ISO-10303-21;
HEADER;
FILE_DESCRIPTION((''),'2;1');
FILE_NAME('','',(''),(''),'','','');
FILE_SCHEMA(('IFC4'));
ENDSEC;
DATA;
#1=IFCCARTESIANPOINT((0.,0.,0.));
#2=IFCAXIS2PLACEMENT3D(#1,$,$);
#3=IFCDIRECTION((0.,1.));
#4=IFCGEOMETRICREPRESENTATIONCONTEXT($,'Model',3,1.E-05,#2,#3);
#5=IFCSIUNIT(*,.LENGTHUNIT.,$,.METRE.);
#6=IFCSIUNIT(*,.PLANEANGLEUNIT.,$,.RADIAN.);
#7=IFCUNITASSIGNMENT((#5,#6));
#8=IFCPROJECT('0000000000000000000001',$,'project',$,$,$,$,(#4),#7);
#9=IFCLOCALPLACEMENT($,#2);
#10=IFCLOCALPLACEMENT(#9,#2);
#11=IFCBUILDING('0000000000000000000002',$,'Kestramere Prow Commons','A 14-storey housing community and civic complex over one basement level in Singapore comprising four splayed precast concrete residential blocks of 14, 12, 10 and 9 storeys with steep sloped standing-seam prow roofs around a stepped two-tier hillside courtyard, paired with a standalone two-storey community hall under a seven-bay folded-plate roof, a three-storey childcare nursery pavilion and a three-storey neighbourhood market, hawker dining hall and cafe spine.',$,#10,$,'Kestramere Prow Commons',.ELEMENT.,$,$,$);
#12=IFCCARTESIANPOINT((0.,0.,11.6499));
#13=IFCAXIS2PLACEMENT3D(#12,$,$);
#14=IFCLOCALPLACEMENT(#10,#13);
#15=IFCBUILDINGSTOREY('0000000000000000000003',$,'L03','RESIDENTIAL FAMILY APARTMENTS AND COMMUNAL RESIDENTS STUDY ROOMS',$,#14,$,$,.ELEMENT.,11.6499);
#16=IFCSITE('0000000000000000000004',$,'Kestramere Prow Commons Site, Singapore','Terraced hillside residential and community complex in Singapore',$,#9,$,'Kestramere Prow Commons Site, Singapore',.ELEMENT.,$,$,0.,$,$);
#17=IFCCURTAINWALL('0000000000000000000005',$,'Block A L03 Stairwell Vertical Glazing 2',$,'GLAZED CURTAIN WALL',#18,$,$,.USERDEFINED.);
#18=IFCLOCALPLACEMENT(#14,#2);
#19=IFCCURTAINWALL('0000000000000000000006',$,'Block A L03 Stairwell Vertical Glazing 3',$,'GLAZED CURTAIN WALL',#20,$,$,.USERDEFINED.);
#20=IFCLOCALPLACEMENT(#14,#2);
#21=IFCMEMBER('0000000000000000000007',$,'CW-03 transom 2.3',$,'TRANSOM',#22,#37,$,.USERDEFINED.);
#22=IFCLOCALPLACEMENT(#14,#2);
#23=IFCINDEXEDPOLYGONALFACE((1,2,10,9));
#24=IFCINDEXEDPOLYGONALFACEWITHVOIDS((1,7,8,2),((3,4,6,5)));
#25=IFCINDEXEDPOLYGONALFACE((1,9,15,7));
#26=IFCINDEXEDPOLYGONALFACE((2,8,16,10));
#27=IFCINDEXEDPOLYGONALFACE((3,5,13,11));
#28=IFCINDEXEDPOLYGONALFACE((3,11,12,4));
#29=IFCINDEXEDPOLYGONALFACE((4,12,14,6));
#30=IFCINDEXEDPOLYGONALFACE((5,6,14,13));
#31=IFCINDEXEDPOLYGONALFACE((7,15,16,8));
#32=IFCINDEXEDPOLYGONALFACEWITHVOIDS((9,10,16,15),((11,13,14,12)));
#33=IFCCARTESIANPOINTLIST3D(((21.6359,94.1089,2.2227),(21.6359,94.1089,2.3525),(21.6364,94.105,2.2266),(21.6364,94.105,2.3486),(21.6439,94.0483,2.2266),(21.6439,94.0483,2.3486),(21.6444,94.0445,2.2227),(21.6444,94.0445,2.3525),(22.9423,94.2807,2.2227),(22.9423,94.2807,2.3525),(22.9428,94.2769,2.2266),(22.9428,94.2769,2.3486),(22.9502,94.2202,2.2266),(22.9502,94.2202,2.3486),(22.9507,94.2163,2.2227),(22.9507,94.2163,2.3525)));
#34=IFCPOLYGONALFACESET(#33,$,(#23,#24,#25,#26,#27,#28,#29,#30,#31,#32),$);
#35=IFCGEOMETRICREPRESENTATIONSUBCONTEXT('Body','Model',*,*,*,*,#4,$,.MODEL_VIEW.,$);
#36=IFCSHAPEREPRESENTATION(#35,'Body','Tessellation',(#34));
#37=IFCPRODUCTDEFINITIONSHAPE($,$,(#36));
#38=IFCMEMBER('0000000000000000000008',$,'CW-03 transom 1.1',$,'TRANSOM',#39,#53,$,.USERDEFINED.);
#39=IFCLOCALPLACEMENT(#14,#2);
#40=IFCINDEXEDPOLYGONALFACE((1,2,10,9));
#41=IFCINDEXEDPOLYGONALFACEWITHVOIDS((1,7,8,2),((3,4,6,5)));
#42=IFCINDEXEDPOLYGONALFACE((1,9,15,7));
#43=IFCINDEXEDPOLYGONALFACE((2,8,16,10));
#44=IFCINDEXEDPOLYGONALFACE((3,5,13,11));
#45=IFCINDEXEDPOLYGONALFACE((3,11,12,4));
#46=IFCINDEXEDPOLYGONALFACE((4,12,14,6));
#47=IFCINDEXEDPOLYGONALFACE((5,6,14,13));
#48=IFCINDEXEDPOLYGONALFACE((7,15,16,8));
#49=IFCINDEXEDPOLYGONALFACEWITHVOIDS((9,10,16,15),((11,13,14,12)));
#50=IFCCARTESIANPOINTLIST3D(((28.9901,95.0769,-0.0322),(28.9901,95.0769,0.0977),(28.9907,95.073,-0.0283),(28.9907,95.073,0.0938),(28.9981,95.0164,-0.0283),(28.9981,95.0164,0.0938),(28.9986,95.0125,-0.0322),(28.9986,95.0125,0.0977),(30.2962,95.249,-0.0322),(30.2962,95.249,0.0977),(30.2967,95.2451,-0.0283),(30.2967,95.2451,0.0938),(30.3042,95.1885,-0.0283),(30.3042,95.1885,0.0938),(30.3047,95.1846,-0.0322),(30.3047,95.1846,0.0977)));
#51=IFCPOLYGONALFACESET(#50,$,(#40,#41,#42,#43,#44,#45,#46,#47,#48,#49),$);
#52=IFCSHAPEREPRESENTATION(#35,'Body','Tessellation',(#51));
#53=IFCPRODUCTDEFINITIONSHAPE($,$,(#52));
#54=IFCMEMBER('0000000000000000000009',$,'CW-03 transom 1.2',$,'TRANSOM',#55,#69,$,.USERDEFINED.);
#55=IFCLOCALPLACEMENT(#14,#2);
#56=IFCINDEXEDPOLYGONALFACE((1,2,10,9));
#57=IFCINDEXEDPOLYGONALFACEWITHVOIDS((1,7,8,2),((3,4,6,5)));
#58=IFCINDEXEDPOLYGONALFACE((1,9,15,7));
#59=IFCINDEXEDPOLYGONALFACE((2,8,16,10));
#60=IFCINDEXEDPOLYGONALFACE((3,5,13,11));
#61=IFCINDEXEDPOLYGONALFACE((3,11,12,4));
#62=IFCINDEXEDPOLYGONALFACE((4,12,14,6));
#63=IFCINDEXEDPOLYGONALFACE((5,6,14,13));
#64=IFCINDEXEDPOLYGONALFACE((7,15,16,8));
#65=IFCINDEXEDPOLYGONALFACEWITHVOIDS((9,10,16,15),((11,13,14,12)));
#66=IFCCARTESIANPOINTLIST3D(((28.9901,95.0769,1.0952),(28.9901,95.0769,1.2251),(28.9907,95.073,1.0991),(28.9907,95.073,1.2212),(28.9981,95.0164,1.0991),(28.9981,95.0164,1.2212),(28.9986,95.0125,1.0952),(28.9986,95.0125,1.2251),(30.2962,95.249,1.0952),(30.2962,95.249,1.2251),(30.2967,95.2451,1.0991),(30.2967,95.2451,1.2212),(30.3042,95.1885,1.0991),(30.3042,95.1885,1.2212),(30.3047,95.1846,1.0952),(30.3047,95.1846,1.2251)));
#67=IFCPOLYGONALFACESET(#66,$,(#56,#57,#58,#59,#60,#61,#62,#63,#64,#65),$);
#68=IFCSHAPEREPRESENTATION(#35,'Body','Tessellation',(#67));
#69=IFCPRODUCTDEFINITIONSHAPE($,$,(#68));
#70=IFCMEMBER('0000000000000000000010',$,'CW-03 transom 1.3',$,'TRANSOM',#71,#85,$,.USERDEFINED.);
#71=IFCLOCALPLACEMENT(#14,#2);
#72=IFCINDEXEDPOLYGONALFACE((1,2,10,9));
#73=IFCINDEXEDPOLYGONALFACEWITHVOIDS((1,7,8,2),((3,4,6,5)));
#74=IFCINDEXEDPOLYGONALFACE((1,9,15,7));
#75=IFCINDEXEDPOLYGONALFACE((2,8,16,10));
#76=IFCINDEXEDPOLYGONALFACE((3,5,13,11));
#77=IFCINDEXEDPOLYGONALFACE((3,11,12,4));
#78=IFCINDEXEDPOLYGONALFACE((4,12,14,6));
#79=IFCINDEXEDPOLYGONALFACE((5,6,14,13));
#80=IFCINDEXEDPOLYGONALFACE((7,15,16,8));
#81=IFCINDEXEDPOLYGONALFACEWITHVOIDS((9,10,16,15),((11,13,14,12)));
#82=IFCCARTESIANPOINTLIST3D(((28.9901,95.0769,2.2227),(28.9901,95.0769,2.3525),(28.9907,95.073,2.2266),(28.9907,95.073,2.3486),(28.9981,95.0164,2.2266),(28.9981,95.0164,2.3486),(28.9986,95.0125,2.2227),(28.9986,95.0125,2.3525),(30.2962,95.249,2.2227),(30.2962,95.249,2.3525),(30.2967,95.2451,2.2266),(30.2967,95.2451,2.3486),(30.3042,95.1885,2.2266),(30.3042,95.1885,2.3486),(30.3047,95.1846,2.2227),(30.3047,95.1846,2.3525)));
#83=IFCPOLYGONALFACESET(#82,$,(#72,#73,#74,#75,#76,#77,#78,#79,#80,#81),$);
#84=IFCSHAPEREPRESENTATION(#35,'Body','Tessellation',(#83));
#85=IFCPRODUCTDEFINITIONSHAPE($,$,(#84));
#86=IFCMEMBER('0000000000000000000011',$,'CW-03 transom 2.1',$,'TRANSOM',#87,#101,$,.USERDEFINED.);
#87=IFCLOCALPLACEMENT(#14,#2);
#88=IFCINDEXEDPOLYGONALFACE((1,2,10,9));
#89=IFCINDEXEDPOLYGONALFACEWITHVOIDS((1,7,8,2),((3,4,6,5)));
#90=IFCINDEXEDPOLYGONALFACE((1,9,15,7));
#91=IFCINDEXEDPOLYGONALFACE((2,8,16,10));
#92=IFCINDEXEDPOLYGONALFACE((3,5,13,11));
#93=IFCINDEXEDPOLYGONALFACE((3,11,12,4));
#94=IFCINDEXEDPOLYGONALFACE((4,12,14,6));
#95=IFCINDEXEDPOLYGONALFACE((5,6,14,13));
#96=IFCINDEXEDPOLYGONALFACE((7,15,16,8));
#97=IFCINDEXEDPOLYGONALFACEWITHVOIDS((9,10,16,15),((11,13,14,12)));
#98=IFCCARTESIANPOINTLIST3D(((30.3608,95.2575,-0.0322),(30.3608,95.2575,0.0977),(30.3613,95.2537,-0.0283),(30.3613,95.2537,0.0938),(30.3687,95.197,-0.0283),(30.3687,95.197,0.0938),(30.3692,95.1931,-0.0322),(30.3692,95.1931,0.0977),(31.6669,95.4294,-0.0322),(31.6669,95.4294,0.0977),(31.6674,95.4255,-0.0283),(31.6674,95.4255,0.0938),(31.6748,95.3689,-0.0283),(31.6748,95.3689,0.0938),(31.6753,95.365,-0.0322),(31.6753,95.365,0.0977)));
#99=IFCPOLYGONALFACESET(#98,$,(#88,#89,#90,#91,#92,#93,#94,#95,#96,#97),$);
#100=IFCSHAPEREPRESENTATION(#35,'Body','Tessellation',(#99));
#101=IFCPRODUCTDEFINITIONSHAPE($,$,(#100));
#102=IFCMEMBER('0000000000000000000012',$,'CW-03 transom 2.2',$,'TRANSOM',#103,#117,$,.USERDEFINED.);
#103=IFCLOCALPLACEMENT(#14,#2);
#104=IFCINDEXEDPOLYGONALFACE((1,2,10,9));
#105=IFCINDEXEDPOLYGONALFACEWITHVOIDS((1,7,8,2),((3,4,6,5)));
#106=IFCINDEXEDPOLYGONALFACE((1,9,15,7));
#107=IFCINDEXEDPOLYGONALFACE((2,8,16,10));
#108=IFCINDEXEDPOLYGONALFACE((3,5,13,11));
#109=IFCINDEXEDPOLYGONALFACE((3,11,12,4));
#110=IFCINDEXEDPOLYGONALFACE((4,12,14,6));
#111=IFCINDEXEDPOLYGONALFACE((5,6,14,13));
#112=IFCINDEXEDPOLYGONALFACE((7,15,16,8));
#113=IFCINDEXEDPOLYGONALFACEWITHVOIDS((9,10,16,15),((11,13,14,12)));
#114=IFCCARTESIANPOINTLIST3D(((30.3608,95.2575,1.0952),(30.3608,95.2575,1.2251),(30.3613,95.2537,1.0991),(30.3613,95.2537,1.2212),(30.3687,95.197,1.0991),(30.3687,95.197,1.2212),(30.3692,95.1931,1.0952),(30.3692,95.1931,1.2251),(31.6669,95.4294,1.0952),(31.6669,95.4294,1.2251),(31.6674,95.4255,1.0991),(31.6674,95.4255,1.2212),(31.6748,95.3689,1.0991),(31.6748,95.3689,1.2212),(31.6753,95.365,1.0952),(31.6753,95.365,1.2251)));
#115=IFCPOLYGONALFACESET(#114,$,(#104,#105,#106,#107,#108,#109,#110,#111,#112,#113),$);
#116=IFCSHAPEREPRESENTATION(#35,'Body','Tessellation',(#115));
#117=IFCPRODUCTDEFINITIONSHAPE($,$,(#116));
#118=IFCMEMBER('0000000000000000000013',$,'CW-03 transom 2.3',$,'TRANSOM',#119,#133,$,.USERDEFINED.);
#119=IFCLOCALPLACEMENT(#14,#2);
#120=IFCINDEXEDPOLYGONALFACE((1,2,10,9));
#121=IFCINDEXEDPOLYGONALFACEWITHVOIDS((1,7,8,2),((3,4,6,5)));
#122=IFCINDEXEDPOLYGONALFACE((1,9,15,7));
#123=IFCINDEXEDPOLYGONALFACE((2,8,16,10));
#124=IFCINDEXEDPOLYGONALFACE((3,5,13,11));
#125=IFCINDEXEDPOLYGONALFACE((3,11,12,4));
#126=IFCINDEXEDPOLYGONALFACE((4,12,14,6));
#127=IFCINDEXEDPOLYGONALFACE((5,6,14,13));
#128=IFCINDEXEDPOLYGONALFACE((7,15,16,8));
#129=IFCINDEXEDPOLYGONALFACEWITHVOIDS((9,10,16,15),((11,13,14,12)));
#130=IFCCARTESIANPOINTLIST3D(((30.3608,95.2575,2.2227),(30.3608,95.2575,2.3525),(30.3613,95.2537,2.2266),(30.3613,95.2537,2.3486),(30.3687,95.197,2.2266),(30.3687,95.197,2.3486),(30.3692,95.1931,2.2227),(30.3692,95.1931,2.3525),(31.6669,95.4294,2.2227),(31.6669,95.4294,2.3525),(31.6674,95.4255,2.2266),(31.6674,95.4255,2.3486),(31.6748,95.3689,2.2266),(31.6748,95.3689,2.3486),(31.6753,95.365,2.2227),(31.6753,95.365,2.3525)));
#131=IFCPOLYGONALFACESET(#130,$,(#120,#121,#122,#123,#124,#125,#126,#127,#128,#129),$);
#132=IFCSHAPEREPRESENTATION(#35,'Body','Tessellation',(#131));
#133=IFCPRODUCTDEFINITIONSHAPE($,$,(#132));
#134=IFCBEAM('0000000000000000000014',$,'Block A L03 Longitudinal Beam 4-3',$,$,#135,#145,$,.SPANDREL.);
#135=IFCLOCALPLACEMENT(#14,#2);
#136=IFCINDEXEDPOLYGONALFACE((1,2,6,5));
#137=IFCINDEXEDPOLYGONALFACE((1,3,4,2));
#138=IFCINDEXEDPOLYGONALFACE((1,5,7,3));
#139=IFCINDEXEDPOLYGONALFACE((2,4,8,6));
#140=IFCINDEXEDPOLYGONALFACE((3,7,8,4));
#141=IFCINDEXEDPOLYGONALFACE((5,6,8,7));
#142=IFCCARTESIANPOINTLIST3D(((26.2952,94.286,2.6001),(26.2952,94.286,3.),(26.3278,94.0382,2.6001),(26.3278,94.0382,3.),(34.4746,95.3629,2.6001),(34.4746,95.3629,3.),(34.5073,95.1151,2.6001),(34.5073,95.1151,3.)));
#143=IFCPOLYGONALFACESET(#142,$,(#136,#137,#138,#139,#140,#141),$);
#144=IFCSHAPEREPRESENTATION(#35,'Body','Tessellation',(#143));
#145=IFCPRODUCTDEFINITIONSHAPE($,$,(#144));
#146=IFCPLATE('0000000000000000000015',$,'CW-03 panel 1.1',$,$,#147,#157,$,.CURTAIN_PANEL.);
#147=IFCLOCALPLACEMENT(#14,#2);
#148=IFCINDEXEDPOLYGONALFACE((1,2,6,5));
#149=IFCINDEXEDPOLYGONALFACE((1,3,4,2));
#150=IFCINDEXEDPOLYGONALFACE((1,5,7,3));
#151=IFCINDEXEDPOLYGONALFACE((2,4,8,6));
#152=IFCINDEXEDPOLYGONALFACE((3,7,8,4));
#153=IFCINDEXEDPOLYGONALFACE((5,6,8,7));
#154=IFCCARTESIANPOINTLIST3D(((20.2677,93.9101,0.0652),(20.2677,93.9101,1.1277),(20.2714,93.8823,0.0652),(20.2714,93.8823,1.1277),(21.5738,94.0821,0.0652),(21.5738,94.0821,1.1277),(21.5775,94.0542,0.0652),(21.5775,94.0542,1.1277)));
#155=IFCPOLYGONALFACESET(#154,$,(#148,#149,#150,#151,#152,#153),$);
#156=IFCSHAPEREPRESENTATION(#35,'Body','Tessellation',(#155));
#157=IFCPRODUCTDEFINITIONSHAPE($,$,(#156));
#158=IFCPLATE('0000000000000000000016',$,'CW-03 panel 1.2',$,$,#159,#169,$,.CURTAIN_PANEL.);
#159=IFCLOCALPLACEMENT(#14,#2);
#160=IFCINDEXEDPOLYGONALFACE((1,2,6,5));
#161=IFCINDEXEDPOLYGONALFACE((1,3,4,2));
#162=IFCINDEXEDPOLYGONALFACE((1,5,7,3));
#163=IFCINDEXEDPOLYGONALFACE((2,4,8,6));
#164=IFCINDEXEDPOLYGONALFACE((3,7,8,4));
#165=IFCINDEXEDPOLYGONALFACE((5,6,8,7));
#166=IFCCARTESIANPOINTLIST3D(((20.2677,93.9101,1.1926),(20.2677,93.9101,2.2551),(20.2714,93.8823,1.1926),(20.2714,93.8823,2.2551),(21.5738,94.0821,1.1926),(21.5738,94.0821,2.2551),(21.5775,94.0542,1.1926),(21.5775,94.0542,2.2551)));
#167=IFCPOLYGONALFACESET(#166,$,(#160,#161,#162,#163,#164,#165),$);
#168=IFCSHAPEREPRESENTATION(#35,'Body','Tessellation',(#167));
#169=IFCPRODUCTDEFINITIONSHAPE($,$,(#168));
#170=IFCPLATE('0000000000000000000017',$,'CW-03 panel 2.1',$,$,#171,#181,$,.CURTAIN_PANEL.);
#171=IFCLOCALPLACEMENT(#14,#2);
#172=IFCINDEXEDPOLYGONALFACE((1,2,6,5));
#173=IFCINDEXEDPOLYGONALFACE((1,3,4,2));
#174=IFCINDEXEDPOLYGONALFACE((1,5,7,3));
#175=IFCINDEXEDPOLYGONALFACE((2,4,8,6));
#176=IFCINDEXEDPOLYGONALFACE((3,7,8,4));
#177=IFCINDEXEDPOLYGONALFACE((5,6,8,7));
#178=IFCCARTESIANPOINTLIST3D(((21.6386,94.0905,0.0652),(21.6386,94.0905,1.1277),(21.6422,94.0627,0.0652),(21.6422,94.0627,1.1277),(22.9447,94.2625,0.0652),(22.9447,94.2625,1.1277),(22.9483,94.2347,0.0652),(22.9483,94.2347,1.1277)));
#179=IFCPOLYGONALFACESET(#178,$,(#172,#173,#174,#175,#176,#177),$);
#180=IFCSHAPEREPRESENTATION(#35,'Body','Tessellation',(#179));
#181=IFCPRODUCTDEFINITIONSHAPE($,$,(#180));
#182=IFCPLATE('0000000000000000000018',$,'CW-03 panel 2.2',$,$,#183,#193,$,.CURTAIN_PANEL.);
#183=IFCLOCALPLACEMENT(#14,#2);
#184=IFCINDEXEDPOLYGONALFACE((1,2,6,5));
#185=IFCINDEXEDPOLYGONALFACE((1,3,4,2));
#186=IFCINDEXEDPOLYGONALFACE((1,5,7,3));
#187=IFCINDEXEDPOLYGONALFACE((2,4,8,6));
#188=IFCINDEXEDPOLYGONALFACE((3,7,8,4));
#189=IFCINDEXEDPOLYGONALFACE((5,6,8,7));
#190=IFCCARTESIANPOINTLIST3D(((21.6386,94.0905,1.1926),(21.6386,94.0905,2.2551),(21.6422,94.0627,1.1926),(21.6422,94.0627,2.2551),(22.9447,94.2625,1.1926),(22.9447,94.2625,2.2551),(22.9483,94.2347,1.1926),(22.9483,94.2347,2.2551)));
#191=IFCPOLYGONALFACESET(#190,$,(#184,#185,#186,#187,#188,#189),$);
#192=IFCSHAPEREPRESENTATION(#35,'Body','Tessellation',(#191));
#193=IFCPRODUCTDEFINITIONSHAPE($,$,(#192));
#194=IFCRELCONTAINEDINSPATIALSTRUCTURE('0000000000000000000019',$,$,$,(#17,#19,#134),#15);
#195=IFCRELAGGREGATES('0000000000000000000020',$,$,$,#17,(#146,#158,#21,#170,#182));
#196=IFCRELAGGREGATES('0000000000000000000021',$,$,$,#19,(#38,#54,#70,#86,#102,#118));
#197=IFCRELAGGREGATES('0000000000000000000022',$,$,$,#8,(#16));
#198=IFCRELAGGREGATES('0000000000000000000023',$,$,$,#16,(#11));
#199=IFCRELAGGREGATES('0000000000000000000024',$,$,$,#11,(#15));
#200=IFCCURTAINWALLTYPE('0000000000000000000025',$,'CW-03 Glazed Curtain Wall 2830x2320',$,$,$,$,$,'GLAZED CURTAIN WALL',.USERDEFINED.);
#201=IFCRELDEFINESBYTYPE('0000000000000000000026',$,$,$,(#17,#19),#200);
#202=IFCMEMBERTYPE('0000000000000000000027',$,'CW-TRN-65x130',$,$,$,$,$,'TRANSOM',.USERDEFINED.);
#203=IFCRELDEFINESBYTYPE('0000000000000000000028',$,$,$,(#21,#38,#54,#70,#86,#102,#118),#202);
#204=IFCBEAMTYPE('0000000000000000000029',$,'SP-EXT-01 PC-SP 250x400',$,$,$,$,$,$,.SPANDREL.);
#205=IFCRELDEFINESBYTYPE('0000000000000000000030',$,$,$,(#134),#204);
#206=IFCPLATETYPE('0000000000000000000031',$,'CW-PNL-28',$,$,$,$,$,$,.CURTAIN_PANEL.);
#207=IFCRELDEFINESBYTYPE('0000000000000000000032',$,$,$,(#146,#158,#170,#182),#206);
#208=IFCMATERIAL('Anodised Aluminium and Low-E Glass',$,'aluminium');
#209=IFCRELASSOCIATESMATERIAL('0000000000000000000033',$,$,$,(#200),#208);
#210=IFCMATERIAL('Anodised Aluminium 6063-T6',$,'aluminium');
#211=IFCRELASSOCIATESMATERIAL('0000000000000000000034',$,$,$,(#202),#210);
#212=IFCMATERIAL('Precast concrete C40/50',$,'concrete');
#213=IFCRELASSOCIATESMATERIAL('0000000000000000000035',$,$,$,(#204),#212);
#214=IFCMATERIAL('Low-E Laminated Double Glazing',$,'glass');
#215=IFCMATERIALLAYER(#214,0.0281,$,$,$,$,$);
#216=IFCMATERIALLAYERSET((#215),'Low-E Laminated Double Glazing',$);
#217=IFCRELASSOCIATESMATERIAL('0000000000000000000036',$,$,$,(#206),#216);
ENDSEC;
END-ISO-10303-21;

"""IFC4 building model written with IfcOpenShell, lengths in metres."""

from ifc_helpers import new_model, si_unit, direction, frame, origin, origin_2d, place, context, subcontext, project, spatial, rectangle, hollow_rectangle, extrude, material, layer, layer_set, material_profile, profile_set, type_object, element, aggregate, save


model = new_model("IFC4")

# Units and contexts
model_context = context("Model", 3, precision=1e-05, world=origin(), true_north=direction((0.0, 1.0)))
body_context = subcontext(model_context, "Body", "Model", "MODEL_VIEW")
ifc_project = project(units=[si_unit("LENGTHUNIT", "METRE"), si_unit("PLANEANGLEUNIT", "RADIAN")], contexts=[model_context])

# Site, building, storey
site_placement = place(None, origin())
site = spatial("IfcSite", under=ifc_project, at=site_placement, Name="Kestramere Prow Commons Site, Singapore", Description="Terraced hillside residential and community complex in Singapore", LongName="Kestramere Prow Commons Site, Singapore", CompositionType="ELEMENT", RefElevation=0.0)
building_placement = place(site_placement, origin())
building = spatial("IfcBuilding", under=site, at=building_placement, Name="Kestramere Prow Commons", Description="A 14-storey housing community and civic complex over one basement level in Singapore comprising four splayed precast concrete residential blocks of 14, 12, 10 and 9 storeys with steep sloped standing-seam prow roofs around a stepped two-tier hillside courtyard, paired with a standalone two-storey community hall under a seven-bay folded-plate roof, a three-storey childcare nursery pavilion and a three-storey neighbourhood market, hawker dining hall and cafe spine.", LongName="Kestramere Prow Commons", CompositionType="ELEMENT")
storey_placement = place(building_placement, frame((0.0, 0.0, 11.6499)))
storey = spatial("IfcBuildingStorey", under=building, at=storey_placement, Name="L03", Description="RESIDENTIAL FAMILY APARTMENTS AND COMMUNAL RESIDENTS STUDY ROOMS", CompositionType="ELEMENT", Elevation=11.6499)

# Shared definitions
ifc_material_1 = material(Name="Precast concrete C40/50", Category="concrete")

# Curtain walls
ifc_material_2 = material(Name="Anodised Aluminium and Low-E Glass", Category="aluminium")
curtain_wall_type = type_object("IfcCurtainWallType", Name="CW-03 Glazed Curtain Wall 2830x2320", ElementType="GLAZED CURTAIN WALL", PredefinedType="USERDEFINED", material=ifc_material_2)
curtain_wall_1_placement = place(storey_placement, origin())
curtain_wall_1 = element("IfcCurtainWall", 1, at=curtain_wall_1_placement, inside=storey, type_object=curtain_wall_type, Name="Block A L03 Stairwell Vertical Glazing 2", ObjectType="GLAZED CURTAIN WALL", PredefinedType="USERDEFINED")
ifc_material_3 = material(Name="Anodised Aluminium 6063-T6", Category="aluminium")
curtain_wall_2_placement = place(storey_placement, origin())
curtain_wall_2 = element("IfcCurtainWall", 2, at=curtain_wall_2_placement, inside=storey, type_object=curtain_wall_type, Name="Block A L03 Stairwell Vertical Glazing 3", ObjectType="GLAZED CURTAIN WALL", PredefinedType="USERDEFINED")

# Members
ifc_material_profile_1 = material_profile(ifc_material_3, hollow_rectangle(XDim=0.0649, YDim=0.1299, WallThickness=0.0039, at=origin_2d()), Name="ALU-TRN 65x130")
ifc_profile_set_1 = profile_set([ifc_material_profile_1], Name="Anodised Aluminium 6063-T6")
member_type_1 = type_object("IfcMemberType", Name="CW-TRN-65x130", ElementType="TRANSOM", PredefinedType="USERDEFINED", material=ifc_profile_set_1)
member_1_placement = place(storey_placement, frame((21.6401, 94.0767, 2.2876), z_axis=(0.991456, 0.13044, 0.0), x_axis=(-0.13044, 0.991456, 0.0)))
member_1 = element("IfcMember", 3, at=member_1_placement, type_object=member_type_1, Name="CW-03 transom 2.3", ObjectType="TRANSOM", PredefinedType="USERDEFINED", context=body_context, shape_type="SweptSolid", body=[
    extrude(hollow_rectangle(XDim=0.0649, YDim=0.1299, WallThickness=0.0039, at=origin_2d()), origin(), (0.0, 0.0, 1.0), 1.3176),
])
member_2_placement = place(storey_placement, frame((28.9944, 95.0447, 0.0327), z_axis=(0.991429, 0.130646, 0.0), x_axis=(-0.130646, 0.991429, 0.0)))
member_2 = element("IfcMember", 4, at=member_2_placement, type_object=member_type_1, Name="CW-03 transom 1.1", ObjectType="TRANSOM", PredefinedType="USERDEFINED", context=body_context, shape_type="SweptSolid", body=[
    extrude(hollow_rectangle(XDim=0.0649, YDim=0.1299, WallThickness=0.0039, at=origin_2d()), origin(), (0.0, 0.0, 1.0), 1.3174),
])
member_3_placement = place(storey_placement, frame((28.9944, 95.0447, 1.1602), z_axis=(0.991429, 0.130646, 0.0), x_axis=(-0.130646, 0.991429, 0.0)))
member_3 = element("IfcMember", 5, at=member_3_placement, type_object=member_type_1, Name="CW-03 transom 1.2", ObjectType="TRANSOM", PredefinedType="USERDEFINED", context=body_context, shape_type="SweptSolid", body=[
    extrude(hollow_rectangle(XDim=0.0649, YDim=0.1299, WallThickness=0.0039, at=origin_2d()), origin(), (0.0, 0.0, 1.0), 1.3174),
])
member_4_placement = place(storey_placement, frame((28.9944, 95.0447, 2.2876), z_axis=(0.991429, 0.130646, 0.0), x_axis=(-0.130646, 0.991429, 0.0)))
member_4 = element("IfcMember", 6, at=member_4_placement, type_object=member_type_1, Name="CW-03 transom 1.3", ObjectType="TRANSOM", PredefinedType="USERDEFINED", context=body_context, shape_type="SweptSolid", body=[
    extrude(hollow_rectangle(XDim=0.0649, YDim=0.1299, WallThickness=0.0039, at=origin_2d()), origin(), (0.0, 0.0, 1.0), 1.3174),
])
member_5_placement = place(storey_placement, frame((30.365, 95.2253, 0.0327), z_axis=(0.991453, 0.130464, 0.0), x_axis=(-0.130464, 0.991453, 0.0)))
member_5 = element("IfcMember", 7, at=member_5_placement, type_object=member_type_1, Name="CW-03 transom 2.1", ObjectType="TRANSOM", PredefinedType="USERDEFINED", context=body_context, shape_type="SweptSolid", body=[
    extrude(hollow_rectangle(XDim=0.0649, YDim=0.1299, WallThickness=0.0039, at=origin_2d()), origin(), (0.0, 0.0, 1.0), 1.3174),
])
member_6_placement = place(storey_placement, frame((30.365, 95.2253, 1.1602), z_axis=(0.991453, 0.130464, 0.0), x_axis=(-0.130464, 0.991453, 0.0)))
member_6 = element("IfcMember", 8, at=member_6_placement, type_object=member_type_1, Name="CW-03 transom 2.2", ObjectType="TRANSOM", PredefinedType="USERDEFINED", context=body_context, shape_type="SweptSolid", body=[
    extrude(hollow_rectangle(XDim=0.0649, YDim=0.1299, WallThickness=0.0039, at=origin_2d()), origin(), (0.0, 0.0, 1.0), 1.3174),
])
member_7_placement = place(storey_placement, frame((30.365, 95.2253, 2.2876), z_axis=(0.991453, 0.130464, 0.0), x_axis=(-0.130464, 0.991453, 0.0)))
member_7 = element("IfcMember", 9, at=member_7_placement, type_object=member_type_1, Name="CW-03 transom 2.3", ObjectType="TRANSOM", PredefinedType="USERDEFINED", context=body_context, shape_type="SweptSolid", body=[
    extrude(hollow_rectangle(XDim=0.0649, YDim=0.1299, WallThickness=0.0039, at=origin_2d()), origin(), (0.0, 0.0, 1.0), 1.3174),
])

# Beam
ifc_material_profile_2 = material_profile(ifc_material_1, rectangle(XDim=0.25, YDim=0.3999, at=origin_2d()), Name="PC-SP 250x400")
ifc_profile_set_2 = profile_set([ifc_material_profile_2], Name="Precast concrete C40/50")
beam_type = type_object("IfcBeamType", Name="SP-EXT-01 PC-SP 250x400", PredefinedType="SPANDREL", material=ifc_profile_set_2)
beam_placement = place(storey_placement, frame((26.3115, 94.1621, 2.8), z_axis=(0.991444, 0.130533, 0.0), x_axis=(-0.130533, 0.991444, 0.0)))
element("IfcBeam", 10, at=beam_placement, inside=storey, type_object=beam_type, Name="Block A L03 Longitudinal Beam 4-3", PredefinedType="SPANDREL", context=body_context, shape_type="SweptSolid", body=[
    extrude(rectangle(XDim=0.25, YDim=0.3999, at=origin_2d()), origin(), (0.0, 0.0, 1.0), 8.25),
])

# Plates
ifc_material_4 = material(Name="Low-E Laminated Double Glazing", Category="glass")
ifc_layer_1 = layer(ifc_material_4, 0.0281)
ifc_layer_set_1 = layer_set([ifc_layer_1], Name="Low-E Laminated Double Glazing")
plate_type = type_object("IfcPlateType", Name="CW-PNL-28", PredefinedType="CURTAIN_PANEL", material=ifc_layer_set_1)
plate_1_placement = place(storey_placement, frame((20.9226, 93.9822, 0.0652), z_axis=(0.0, 0.0, 1.0), x_axis=(0.991445, 0.130526, 0.0)))
plate_1 = element("IfcPlate", 11, at=plate_1_placement, type_object=plate_type, Name="CW-03 panel 1.1", PredefinedType="CURTAIN_PANEL", context=body_context, shape_type="SweptSolid", body=[
    extrude(rectangle(XDim=1.3174, YDim=0.0281, at=origin_2d()), origin(), (0.0, 0.0, 1.0), 1.0625),
])
plate_2_placement = place(storey_placement, frame((20.9226, 93.9822, 1.1926), z_axis=(0.0, 0.0, 1.0), x_axis=(0.991445, 0.130526, 0.0)))
plate_2 = element("IfcPlate", 12, at=plate_2_placement, type_object=plate_type, Name="CW-03 panel 1.2", PredefinedType="CURTAIN_PANEL", context=body_context, shape_type="SweptSolid", body=[
    extrude(rectangle(XDim=1.3174, YDim=0.0281, at=origin_2d()), origin(), (0.0, 0.0, 1.0), 1.0625),
])
plate_3_placement = place(storey_placement, frame((22.2935, 94.1626, 0.0652), z_axis=(0.0, 0.0, 1.0), x_axis=(0.991445, 0.130526, 0.0)))
plate_3 = element("IfcPlate", 13, at=plate_3_placement, type_object=plate_type, Name="CW-03 panel 2.1", PredefinedType="CURTAIN_PANEL", context=body_context, shape_type="SweptSolid", body=[
    extrude(rectangle(XDim=1.3174, YDim=0.0281, at=origin_2d()), origin(), (0.0, 0.0, 1.0), 1.0625),
])
plate_4_placement = place(storey_placement, frame((22.2935, 94.1626, 1.1926), z_axis=(0.0, 0.0, 1.0), x_axis=(0.991445, 0.130526, 0.0)))
plate_4 = element("IfcPlate", 14, at=plate_4_placement, type_object=plate_type, Name="CW-03 panel 2.2", PredefinedType="CURTAIN_PANEL", context=body_context, shape_type="SweptSolid", body=[
    extrude(rectangle(XDim=1.3174, YDim=0.0281, at=origin_2d()), origin(), (0.0, 0.0, 1.0), 1.0625),
])
aggregate(curtain_wall_1, [plate_1, plate_2, member_1, plate_3, plate_4])
aggregate(curtain_wall_2, [member_2, member_3, member_4, member_5, member_6, member_7])

save(model, "model.ifc")
